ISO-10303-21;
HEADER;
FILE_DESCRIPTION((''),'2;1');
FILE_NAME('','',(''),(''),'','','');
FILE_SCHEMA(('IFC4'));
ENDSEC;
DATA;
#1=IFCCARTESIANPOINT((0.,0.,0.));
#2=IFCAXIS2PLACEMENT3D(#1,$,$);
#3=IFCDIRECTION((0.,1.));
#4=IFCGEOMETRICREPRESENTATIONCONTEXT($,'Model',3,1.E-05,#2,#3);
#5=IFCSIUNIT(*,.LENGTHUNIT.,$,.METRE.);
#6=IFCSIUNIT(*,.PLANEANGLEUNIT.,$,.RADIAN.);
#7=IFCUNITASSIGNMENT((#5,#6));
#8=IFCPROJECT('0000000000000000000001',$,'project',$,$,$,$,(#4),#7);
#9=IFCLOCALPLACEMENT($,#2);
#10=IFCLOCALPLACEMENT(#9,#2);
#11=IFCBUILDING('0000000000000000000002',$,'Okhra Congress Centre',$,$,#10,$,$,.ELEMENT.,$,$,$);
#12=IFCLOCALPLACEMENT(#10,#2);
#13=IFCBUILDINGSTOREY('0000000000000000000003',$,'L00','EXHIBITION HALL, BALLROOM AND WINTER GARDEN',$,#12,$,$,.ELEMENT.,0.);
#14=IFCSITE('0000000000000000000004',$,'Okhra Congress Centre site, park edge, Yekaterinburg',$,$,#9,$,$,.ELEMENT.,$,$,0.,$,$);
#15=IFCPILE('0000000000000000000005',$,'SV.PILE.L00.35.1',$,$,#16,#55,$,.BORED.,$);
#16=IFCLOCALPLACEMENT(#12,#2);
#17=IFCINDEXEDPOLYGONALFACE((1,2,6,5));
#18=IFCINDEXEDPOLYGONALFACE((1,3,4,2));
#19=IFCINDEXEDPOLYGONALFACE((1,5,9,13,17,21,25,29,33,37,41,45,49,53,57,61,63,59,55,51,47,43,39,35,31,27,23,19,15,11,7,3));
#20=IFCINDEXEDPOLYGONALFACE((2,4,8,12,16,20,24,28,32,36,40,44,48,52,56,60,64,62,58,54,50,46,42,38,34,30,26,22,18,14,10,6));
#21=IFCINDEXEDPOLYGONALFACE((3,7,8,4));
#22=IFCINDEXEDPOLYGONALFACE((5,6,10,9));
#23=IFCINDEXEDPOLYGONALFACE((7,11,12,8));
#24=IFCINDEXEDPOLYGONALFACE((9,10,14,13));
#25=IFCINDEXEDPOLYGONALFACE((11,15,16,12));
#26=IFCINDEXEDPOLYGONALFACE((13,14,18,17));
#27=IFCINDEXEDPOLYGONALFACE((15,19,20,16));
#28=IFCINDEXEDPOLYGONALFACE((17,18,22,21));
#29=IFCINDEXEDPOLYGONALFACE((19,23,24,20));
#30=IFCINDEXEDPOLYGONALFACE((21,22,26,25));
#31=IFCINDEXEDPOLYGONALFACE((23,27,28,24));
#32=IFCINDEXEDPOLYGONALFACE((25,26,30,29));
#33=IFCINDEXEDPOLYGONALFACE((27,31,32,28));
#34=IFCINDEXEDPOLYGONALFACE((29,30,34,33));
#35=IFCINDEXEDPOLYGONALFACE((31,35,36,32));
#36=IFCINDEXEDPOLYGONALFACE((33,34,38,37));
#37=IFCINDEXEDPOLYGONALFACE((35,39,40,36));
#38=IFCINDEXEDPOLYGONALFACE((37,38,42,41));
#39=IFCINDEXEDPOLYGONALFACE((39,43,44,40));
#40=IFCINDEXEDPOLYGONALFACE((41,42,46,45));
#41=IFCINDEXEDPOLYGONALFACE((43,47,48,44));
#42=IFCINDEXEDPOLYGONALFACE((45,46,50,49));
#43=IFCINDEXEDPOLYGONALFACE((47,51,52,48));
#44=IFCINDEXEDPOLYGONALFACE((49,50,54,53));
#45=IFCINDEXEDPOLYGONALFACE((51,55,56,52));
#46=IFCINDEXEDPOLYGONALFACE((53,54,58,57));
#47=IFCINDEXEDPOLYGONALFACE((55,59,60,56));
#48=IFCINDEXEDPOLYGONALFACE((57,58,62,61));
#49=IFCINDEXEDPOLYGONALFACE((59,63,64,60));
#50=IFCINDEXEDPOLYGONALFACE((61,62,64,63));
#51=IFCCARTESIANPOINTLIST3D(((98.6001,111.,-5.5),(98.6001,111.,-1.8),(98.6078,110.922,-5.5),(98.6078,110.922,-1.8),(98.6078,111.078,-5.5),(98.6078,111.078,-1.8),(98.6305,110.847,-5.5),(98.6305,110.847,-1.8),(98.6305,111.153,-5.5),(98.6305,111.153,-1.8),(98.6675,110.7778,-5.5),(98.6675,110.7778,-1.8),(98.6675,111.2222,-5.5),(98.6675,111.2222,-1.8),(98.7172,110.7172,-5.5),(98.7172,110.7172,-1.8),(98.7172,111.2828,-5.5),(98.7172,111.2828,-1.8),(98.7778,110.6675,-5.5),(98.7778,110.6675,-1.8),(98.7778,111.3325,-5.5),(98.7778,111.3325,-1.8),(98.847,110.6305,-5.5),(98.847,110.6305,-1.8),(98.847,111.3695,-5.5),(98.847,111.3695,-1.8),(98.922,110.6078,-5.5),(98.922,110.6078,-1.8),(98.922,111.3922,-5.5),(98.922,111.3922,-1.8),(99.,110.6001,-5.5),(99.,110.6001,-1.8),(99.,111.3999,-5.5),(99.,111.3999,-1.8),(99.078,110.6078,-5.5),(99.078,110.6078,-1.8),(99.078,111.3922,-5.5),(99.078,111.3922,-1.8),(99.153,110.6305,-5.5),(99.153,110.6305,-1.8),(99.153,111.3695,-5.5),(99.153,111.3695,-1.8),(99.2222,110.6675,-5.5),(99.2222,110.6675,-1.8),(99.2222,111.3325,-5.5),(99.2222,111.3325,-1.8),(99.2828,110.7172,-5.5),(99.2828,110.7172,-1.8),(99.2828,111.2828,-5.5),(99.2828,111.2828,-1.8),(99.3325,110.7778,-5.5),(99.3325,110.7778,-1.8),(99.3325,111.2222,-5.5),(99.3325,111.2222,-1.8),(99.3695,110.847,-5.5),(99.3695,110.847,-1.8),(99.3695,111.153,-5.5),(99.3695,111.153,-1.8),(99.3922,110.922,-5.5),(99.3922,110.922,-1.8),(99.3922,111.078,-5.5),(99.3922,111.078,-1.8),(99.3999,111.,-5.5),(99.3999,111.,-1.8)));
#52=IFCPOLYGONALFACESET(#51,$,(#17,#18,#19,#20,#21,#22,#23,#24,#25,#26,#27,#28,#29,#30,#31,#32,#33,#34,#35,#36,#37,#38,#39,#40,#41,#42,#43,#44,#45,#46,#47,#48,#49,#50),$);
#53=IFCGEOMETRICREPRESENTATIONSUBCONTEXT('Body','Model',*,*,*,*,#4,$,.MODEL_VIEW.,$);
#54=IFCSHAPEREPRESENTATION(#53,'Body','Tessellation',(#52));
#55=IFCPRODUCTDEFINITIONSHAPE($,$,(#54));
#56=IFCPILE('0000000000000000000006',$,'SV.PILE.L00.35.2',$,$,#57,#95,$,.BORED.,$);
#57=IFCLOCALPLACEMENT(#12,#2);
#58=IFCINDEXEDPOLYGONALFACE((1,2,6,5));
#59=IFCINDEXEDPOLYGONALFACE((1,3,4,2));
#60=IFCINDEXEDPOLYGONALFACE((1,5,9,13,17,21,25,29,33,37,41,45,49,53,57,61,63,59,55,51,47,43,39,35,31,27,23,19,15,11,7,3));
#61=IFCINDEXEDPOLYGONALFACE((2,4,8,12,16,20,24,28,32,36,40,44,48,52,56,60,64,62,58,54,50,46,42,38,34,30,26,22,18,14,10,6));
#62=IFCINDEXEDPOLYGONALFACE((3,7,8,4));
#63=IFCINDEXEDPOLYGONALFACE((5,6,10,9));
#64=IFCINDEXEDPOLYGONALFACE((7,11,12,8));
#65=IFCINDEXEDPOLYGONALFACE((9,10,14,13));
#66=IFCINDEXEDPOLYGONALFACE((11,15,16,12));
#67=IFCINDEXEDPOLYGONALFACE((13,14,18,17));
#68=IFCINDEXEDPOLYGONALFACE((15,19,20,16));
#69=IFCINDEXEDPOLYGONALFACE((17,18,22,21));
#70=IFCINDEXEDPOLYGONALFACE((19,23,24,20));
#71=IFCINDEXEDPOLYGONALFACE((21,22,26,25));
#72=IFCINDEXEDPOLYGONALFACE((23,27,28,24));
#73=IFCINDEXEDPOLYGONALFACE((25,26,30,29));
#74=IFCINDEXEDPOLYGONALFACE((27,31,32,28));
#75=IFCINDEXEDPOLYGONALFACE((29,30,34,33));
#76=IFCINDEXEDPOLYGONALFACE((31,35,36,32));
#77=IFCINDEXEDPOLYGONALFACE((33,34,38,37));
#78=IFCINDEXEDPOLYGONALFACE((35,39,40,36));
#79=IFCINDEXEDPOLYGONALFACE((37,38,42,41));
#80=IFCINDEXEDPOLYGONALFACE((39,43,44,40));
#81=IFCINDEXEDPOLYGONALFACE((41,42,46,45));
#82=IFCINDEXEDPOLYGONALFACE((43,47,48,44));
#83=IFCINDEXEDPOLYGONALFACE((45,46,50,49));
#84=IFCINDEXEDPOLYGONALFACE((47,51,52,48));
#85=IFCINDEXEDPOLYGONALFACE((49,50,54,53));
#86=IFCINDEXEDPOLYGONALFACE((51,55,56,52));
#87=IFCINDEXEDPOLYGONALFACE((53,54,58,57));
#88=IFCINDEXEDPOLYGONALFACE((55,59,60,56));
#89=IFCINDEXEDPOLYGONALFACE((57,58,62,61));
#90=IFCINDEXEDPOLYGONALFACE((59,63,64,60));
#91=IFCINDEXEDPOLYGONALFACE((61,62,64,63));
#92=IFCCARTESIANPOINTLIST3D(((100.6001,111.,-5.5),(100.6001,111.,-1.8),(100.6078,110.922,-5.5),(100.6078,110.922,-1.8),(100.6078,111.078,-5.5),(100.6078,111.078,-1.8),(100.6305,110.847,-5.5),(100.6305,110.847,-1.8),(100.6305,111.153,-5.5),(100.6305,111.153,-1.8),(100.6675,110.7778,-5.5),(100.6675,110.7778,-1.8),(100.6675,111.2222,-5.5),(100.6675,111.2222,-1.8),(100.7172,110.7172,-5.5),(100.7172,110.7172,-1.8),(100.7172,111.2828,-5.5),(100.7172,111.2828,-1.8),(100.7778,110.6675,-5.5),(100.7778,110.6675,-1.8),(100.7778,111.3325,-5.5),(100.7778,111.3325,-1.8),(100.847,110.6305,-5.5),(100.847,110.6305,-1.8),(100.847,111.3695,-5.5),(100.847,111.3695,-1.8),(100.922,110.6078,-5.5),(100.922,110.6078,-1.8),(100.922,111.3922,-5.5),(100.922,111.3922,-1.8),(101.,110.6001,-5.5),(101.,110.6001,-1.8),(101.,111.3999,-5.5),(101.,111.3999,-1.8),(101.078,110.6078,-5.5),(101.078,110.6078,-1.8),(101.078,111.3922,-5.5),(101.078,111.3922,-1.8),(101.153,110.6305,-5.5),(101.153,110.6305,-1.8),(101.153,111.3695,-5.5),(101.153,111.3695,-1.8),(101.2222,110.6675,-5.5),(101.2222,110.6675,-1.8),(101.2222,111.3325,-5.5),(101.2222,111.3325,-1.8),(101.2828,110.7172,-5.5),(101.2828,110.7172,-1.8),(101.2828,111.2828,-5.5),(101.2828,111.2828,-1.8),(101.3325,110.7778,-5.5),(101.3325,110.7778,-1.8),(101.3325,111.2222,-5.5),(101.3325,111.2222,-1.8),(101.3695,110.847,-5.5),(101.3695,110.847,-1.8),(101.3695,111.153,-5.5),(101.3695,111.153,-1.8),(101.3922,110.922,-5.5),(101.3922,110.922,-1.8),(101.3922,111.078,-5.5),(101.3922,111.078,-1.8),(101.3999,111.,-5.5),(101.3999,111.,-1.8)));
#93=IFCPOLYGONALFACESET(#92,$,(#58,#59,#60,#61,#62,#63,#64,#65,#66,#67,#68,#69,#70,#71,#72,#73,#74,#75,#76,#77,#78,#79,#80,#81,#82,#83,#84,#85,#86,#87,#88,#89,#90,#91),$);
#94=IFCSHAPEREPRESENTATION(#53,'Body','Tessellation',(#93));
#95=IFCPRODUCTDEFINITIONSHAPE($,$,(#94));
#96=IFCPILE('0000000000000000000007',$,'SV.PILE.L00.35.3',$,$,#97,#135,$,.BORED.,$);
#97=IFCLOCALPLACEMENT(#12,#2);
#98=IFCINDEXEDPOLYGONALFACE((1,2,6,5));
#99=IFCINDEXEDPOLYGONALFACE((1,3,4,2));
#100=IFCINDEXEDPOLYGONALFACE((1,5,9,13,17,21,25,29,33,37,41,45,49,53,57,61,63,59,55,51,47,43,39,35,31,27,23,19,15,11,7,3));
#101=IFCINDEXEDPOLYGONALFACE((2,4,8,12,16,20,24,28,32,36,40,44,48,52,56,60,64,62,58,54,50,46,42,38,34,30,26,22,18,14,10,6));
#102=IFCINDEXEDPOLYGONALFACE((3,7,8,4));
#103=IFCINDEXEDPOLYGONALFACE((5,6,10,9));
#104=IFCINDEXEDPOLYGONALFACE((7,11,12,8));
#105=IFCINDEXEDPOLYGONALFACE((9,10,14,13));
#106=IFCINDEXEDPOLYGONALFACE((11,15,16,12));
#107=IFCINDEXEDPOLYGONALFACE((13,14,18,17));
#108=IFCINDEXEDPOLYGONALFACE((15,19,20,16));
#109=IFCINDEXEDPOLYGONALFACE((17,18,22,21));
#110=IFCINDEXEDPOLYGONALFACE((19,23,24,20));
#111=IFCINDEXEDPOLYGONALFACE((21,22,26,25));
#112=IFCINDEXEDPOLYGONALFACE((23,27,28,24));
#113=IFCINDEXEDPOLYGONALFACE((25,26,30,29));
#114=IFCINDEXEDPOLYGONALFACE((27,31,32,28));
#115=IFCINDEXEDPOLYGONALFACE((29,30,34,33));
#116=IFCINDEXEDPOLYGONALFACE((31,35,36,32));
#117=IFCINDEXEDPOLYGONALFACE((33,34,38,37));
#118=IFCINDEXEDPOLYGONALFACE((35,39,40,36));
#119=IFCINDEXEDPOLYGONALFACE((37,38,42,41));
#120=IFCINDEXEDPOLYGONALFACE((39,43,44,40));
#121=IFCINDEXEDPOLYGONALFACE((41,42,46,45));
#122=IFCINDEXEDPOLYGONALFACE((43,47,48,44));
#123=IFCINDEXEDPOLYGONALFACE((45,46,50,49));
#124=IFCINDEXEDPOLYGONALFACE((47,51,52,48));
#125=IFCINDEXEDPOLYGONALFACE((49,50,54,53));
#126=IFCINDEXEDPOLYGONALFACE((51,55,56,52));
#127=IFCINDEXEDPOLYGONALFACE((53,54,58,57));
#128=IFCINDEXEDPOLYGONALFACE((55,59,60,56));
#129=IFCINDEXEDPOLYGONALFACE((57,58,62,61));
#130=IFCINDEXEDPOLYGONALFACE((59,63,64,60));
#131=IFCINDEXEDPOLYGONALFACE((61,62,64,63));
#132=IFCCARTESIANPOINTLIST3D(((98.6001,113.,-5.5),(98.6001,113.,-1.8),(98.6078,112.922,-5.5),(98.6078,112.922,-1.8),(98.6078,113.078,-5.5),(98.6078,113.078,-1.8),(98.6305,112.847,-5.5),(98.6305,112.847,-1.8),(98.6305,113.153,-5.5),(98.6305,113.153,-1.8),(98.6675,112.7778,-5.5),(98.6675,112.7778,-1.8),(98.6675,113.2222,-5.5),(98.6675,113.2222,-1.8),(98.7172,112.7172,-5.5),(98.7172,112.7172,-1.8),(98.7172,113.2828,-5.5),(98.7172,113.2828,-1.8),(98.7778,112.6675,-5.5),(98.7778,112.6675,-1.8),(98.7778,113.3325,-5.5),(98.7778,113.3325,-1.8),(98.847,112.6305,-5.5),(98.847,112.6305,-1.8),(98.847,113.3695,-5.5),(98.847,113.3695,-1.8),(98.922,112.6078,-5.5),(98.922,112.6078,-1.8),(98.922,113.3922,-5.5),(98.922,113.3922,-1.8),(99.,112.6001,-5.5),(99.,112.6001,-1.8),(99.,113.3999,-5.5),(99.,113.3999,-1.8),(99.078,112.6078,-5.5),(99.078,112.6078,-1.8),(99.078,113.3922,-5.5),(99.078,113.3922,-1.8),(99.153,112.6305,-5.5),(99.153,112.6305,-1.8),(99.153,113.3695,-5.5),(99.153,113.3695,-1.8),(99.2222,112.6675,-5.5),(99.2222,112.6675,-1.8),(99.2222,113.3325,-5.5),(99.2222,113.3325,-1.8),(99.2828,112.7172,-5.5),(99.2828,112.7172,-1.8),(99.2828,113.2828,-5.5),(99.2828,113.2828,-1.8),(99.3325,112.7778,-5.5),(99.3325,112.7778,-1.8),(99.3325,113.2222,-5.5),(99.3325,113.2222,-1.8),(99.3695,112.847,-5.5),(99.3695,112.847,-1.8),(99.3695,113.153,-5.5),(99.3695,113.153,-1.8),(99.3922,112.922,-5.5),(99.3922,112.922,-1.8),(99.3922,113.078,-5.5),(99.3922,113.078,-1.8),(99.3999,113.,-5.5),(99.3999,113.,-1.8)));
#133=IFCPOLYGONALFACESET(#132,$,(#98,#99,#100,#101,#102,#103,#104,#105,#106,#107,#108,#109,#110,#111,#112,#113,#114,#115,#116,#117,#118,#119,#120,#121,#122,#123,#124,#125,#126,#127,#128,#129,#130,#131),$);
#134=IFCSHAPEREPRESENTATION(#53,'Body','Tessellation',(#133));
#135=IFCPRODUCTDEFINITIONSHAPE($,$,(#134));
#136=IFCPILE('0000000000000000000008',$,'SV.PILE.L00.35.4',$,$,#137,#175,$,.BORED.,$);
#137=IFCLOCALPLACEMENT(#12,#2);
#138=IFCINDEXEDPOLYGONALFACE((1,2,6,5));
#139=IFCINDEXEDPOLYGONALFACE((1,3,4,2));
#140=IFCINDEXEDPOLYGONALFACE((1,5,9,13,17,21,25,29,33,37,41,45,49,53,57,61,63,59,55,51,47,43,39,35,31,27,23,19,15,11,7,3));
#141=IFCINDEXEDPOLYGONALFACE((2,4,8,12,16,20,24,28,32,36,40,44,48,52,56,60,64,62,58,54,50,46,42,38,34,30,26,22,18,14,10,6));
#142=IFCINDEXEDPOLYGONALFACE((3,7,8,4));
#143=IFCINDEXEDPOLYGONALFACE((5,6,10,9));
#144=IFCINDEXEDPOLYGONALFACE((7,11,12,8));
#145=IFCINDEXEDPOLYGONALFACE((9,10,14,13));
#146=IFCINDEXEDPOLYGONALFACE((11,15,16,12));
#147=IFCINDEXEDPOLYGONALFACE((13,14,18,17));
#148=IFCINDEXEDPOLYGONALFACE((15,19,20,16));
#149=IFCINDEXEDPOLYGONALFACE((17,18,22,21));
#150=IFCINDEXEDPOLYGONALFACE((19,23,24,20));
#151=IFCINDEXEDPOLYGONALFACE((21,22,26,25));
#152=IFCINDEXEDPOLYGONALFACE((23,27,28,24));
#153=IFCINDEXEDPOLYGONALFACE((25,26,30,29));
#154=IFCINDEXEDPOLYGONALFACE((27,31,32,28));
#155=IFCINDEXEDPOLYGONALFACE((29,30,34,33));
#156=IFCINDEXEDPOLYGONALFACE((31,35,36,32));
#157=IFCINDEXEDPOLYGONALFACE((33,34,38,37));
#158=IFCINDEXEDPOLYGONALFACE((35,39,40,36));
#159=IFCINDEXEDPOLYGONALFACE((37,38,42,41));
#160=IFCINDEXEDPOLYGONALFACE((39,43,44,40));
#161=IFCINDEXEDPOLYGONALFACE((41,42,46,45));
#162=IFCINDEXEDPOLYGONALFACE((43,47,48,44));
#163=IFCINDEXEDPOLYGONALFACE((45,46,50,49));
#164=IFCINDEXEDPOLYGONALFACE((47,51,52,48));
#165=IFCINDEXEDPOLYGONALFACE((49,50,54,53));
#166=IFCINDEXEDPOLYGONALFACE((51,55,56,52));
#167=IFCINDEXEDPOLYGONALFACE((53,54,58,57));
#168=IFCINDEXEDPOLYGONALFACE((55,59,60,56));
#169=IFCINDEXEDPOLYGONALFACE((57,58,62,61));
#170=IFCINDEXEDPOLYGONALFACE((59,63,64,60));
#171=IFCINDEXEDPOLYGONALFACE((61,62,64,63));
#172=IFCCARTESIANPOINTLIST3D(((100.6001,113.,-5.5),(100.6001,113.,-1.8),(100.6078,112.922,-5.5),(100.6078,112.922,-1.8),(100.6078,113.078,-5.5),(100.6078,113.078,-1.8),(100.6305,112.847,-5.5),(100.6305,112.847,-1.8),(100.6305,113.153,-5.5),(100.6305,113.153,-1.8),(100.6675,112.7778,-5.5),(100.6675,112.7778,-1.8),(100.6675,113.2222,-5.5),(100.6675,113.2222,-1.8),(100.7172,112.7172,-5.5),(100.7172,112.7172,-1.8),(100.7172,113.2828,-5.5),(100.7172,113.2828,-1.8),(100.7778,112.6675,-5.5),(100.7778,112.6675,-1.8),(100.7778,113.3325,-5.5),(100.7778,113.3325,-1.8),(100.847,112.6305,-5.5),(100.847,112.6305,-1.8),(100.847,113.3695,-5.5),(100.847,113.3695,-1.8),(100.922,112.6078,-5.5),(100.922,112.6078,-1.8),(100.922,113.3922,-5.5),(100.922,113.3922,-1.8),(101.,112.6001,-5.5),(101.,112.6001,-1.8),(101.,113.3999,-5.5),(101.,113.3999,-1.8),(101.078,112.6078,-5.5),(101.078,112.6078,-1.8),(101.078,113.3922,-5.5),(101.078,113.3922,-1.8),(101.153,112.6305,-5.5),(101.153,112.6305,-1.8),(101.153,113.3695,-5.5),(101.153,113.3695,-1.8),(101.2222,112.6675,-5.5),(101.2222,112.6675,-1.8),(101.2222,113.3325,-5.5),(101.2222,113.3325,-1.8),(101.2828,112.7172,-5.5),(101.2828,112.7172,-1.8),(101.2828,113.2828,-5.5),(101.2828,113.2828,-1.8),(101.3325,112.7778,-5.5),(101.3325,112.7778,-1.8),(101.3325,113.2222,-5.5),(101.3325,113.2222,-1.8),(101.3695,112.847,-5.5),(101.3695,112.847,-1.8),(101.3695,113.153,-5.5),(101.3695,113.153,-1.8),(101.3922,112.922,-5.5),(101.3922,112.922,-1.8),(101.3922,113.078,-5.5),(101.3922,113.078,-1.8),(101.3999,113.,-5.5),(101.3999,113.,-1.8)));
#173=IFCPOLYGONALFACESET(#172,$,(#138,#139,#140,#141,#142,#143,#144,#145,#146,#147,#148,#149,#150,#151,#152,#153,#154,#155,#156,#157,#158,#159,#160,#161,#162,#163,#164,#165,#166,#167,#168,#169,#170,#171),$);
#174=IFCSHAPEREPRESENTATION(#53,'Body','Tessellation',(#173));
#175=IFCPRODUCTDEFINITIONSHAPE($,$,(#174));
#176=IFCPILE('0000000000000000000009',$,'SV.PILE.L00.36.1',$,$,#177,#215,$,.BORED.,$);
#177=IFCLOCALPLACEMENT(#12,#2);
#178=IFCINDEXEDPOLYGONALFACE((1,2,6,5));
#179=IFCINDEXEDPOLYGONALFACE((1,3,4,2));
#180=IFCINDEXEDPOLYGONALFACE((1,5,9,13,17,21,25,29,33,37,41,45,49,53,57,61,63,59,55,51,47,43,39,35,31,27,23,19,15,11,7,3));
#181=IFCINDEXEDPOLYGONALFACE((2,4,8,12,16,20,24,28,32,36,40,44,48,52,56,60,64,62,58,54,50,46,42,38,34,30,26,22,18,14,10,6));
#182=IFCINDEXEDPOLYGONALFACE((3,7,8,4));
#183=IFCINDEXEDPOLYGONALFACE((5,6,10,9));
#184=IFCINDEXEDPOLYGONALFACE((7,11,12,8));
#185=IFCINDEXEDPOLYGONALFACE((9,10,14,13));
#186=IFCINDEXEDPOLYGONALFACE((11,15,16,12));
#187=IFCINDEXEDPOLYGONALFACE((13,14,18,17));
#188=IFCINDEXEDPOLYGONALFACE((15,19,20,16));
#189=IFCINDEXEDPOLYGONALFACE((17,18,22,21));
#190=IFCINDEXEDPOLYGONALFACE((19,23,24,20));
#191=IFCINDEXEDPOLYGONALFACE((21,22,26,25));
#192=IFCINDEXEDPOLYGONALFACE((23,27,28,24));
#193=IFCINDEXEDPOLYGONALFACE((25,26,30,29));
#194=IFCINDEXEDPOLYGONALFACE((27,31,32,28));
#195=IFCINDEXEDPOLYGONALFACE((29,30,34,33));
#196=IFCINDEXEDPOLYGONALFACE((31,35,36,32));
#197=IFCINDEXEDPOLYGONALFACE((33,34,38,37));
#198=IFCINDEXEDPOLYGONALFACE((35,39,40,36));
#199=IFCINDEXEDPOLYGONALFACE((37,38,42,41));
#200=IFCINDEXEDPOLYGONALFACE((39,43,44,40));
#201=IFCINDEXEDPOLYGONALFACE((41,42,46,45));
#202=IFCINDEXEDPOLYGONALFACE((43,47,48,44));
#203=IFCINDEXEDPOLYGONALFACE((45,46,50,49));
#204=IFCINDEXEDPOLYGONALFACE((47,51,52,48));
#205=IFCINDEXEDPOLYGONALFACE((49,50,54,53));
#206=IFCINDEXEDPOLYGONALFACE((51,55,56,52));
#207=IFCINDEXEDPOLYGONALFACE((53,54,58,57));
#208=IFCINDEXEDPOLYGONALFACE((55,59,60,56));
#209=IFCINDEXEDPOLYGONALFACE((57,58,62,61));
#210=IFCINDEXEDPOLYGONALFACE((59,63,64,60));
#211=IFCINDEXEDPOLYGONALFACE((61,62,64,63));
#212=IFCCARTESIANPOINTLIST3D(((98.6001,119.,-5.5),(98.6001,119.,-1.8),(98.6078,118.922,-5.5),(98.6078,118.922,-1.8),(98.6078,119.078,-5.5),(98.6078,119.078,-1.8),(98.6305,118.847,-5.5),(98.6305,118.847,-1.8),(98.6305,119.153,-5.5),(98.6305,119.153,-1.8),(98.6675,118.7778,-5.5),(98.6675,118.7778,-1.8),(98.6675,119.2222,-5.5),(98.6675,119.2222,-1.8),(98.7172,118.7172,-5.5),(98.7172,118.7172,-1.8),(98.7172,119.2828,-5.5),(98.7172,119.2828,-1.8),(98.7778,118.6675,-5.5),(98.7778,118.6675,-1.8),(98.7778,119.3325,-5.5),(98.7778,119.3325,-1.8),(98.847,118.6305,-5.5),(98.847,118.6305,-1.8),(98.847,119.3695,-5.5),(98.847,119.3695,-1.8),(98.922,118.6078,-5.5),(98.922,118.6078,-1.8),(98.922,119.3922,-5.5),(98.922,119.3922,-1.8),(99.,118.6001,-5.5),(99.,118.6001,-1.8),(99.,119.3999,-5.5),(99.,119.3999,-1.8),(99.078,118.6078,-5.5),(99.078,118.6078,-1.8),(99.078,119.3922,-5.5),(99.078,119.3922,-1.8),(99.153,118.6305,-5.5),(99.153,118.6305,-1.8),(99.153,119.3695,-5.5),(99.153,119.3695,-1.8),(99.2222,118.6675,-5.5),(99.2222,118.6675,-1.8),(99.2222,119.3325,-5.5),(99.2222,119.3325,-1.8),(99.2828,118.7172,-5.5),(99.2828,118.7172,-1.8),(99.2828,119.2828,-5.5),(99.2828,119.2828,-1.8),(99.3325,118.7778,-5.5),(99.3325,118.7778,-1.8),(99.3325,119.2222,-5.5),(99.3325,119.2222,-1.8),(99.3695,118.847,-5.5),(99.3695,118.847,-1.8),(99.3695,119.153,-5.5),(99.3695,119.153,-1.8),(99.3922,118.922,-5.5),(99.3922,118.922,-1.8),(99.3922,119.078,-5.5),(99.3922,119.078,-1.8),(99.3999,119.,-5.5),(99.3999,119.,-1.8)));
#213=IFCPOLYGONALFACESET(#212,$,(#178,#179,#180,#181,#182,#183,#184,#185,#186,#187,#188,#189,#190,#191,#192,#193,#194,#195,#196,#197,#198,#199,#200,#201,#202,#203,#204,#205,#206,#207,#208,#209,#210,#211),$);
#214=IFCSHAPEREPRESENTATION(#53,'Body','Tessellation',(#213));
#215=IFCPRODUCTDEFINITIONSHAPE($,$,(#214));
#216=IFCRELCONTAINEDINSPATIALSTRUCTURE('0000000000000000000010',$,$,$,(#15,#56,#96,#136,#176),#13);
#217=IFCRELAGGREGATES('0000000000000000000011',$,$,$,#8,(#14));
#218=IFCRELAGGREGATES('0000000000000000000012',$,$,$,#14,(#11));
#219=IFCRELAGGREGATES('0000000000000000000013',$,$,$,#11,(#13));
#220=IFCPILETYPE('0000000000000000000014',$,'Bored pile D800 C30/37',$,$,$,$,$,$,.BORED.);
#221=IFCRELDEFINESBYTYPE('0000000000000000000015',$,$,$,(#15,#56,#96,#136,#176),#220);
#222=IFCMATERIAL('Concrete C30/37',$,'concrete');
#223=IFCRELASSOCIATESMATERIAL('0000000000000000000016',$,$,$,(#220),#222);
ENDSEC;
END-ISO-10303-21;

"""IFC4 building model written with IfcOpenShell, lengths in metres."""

from ifc_helpers import new_model, si_unit, direction, frame, origin, origin_2d, place, context, subcontext, project, spatial, circle, extrude, material, material_profile, profile_set, type_object, element, save


model = new_model("IFC4")

# Units and contexts
model_context = context("Model", 3, precision=1e-05, world=origin(), true_north=direction((0.0, 1.0)))
body_context = subcontext(model_context, "Body", "Model", "MODEL_VIEW")
ifc_project = project(units=[si_unit("LENGTHUNIT", "METRE"), si_unit("PLANEANGLEUNIT", "RADIAN")], contexts=[model_context])

# Site, building, storey
site_placement = place(None, origin())
site = spatial("IfcSite", under=ifc_project, at=site_placement, Name="Okhra Congress Centre site, park edge, Yekaterinburg", CompositionType="ELEMENT", RefElevation=0.0)
building_placement = place(site_placement, origin())
building = spatial("IfcBuilding", under=site, at=building_placement, Name="Okhra Congress Centre", CompositionType="ELEMENT")
storey_placement = place(building_placement, origin())
storey = spatial("IfcBuildingStorey", under=building, at=storey_placement, Name="L00", Description="EXHIBITION HALL, BALLROOM AND WINTER GARDEN", CompositionType="ELEMENT", Elevation=0.0)

# Piles
ifc_material_1 = material(Name="Concrete C30/37", Category="concrete")
ifc_material_profile_1 = material_profile(ifc_material_1, circle(Radius=0.3999, at=origin_2d()), Name="D800")
ifc_profile_set_1 = profile_set([ifc_material_profile_1], Name="Concrete C30/37")
pile_type = type_object("IfcPileType", Name="Bored pile D800 C30/37", PredefinedType="BORED", material=ifc_profile_set_1)
for number, where, z_axis, x_axis, name in (
    (1, (99.0, 111.0, -1.8), (0.0, 0.0, -1.0), (1.0, 0.0, 0.0), "SV.PILE.L00.35.1"),
    (2, (101.0, 111.0, -1.8), (0.0, 0.0, -1.0), (1.0, 0.0, 0.0), "SV.PILE.L00.35.2"),
    (3, (99.0, 113.0, -1.8), (0.0, 0.0, -1.0), (1.0, 0.0, 0.0), "SV.PILE.L00.35.3"),
    (4, (101.0, 113.0, -1.8), (0.0, 0.0, -1.0), (1.0, 0.0, 0.0), "SV.PILE.L00.35.4"),
    (5, (99.0, 119.0, -1.8), (0.0, 0.0, -1.0), (1.0, 0.0, 0.0), "SV.PILE.L00.36.1"),
):
    element("IfcPile", number, at=place(storey_placement, frame(where, z_axis=z_axis, x_axis=x_axis)), inside=storey, type_object=pile_type, Name=name, PredefinedType="BORED", context=body_context, shape_type="SweptSolid", body=[
        extrude(circle(Radius=0.3999, at=origin_2d()), origin(), (0.0, 0.0, 1.0), 3.7),
    ])

save(model, "model.ifc")
